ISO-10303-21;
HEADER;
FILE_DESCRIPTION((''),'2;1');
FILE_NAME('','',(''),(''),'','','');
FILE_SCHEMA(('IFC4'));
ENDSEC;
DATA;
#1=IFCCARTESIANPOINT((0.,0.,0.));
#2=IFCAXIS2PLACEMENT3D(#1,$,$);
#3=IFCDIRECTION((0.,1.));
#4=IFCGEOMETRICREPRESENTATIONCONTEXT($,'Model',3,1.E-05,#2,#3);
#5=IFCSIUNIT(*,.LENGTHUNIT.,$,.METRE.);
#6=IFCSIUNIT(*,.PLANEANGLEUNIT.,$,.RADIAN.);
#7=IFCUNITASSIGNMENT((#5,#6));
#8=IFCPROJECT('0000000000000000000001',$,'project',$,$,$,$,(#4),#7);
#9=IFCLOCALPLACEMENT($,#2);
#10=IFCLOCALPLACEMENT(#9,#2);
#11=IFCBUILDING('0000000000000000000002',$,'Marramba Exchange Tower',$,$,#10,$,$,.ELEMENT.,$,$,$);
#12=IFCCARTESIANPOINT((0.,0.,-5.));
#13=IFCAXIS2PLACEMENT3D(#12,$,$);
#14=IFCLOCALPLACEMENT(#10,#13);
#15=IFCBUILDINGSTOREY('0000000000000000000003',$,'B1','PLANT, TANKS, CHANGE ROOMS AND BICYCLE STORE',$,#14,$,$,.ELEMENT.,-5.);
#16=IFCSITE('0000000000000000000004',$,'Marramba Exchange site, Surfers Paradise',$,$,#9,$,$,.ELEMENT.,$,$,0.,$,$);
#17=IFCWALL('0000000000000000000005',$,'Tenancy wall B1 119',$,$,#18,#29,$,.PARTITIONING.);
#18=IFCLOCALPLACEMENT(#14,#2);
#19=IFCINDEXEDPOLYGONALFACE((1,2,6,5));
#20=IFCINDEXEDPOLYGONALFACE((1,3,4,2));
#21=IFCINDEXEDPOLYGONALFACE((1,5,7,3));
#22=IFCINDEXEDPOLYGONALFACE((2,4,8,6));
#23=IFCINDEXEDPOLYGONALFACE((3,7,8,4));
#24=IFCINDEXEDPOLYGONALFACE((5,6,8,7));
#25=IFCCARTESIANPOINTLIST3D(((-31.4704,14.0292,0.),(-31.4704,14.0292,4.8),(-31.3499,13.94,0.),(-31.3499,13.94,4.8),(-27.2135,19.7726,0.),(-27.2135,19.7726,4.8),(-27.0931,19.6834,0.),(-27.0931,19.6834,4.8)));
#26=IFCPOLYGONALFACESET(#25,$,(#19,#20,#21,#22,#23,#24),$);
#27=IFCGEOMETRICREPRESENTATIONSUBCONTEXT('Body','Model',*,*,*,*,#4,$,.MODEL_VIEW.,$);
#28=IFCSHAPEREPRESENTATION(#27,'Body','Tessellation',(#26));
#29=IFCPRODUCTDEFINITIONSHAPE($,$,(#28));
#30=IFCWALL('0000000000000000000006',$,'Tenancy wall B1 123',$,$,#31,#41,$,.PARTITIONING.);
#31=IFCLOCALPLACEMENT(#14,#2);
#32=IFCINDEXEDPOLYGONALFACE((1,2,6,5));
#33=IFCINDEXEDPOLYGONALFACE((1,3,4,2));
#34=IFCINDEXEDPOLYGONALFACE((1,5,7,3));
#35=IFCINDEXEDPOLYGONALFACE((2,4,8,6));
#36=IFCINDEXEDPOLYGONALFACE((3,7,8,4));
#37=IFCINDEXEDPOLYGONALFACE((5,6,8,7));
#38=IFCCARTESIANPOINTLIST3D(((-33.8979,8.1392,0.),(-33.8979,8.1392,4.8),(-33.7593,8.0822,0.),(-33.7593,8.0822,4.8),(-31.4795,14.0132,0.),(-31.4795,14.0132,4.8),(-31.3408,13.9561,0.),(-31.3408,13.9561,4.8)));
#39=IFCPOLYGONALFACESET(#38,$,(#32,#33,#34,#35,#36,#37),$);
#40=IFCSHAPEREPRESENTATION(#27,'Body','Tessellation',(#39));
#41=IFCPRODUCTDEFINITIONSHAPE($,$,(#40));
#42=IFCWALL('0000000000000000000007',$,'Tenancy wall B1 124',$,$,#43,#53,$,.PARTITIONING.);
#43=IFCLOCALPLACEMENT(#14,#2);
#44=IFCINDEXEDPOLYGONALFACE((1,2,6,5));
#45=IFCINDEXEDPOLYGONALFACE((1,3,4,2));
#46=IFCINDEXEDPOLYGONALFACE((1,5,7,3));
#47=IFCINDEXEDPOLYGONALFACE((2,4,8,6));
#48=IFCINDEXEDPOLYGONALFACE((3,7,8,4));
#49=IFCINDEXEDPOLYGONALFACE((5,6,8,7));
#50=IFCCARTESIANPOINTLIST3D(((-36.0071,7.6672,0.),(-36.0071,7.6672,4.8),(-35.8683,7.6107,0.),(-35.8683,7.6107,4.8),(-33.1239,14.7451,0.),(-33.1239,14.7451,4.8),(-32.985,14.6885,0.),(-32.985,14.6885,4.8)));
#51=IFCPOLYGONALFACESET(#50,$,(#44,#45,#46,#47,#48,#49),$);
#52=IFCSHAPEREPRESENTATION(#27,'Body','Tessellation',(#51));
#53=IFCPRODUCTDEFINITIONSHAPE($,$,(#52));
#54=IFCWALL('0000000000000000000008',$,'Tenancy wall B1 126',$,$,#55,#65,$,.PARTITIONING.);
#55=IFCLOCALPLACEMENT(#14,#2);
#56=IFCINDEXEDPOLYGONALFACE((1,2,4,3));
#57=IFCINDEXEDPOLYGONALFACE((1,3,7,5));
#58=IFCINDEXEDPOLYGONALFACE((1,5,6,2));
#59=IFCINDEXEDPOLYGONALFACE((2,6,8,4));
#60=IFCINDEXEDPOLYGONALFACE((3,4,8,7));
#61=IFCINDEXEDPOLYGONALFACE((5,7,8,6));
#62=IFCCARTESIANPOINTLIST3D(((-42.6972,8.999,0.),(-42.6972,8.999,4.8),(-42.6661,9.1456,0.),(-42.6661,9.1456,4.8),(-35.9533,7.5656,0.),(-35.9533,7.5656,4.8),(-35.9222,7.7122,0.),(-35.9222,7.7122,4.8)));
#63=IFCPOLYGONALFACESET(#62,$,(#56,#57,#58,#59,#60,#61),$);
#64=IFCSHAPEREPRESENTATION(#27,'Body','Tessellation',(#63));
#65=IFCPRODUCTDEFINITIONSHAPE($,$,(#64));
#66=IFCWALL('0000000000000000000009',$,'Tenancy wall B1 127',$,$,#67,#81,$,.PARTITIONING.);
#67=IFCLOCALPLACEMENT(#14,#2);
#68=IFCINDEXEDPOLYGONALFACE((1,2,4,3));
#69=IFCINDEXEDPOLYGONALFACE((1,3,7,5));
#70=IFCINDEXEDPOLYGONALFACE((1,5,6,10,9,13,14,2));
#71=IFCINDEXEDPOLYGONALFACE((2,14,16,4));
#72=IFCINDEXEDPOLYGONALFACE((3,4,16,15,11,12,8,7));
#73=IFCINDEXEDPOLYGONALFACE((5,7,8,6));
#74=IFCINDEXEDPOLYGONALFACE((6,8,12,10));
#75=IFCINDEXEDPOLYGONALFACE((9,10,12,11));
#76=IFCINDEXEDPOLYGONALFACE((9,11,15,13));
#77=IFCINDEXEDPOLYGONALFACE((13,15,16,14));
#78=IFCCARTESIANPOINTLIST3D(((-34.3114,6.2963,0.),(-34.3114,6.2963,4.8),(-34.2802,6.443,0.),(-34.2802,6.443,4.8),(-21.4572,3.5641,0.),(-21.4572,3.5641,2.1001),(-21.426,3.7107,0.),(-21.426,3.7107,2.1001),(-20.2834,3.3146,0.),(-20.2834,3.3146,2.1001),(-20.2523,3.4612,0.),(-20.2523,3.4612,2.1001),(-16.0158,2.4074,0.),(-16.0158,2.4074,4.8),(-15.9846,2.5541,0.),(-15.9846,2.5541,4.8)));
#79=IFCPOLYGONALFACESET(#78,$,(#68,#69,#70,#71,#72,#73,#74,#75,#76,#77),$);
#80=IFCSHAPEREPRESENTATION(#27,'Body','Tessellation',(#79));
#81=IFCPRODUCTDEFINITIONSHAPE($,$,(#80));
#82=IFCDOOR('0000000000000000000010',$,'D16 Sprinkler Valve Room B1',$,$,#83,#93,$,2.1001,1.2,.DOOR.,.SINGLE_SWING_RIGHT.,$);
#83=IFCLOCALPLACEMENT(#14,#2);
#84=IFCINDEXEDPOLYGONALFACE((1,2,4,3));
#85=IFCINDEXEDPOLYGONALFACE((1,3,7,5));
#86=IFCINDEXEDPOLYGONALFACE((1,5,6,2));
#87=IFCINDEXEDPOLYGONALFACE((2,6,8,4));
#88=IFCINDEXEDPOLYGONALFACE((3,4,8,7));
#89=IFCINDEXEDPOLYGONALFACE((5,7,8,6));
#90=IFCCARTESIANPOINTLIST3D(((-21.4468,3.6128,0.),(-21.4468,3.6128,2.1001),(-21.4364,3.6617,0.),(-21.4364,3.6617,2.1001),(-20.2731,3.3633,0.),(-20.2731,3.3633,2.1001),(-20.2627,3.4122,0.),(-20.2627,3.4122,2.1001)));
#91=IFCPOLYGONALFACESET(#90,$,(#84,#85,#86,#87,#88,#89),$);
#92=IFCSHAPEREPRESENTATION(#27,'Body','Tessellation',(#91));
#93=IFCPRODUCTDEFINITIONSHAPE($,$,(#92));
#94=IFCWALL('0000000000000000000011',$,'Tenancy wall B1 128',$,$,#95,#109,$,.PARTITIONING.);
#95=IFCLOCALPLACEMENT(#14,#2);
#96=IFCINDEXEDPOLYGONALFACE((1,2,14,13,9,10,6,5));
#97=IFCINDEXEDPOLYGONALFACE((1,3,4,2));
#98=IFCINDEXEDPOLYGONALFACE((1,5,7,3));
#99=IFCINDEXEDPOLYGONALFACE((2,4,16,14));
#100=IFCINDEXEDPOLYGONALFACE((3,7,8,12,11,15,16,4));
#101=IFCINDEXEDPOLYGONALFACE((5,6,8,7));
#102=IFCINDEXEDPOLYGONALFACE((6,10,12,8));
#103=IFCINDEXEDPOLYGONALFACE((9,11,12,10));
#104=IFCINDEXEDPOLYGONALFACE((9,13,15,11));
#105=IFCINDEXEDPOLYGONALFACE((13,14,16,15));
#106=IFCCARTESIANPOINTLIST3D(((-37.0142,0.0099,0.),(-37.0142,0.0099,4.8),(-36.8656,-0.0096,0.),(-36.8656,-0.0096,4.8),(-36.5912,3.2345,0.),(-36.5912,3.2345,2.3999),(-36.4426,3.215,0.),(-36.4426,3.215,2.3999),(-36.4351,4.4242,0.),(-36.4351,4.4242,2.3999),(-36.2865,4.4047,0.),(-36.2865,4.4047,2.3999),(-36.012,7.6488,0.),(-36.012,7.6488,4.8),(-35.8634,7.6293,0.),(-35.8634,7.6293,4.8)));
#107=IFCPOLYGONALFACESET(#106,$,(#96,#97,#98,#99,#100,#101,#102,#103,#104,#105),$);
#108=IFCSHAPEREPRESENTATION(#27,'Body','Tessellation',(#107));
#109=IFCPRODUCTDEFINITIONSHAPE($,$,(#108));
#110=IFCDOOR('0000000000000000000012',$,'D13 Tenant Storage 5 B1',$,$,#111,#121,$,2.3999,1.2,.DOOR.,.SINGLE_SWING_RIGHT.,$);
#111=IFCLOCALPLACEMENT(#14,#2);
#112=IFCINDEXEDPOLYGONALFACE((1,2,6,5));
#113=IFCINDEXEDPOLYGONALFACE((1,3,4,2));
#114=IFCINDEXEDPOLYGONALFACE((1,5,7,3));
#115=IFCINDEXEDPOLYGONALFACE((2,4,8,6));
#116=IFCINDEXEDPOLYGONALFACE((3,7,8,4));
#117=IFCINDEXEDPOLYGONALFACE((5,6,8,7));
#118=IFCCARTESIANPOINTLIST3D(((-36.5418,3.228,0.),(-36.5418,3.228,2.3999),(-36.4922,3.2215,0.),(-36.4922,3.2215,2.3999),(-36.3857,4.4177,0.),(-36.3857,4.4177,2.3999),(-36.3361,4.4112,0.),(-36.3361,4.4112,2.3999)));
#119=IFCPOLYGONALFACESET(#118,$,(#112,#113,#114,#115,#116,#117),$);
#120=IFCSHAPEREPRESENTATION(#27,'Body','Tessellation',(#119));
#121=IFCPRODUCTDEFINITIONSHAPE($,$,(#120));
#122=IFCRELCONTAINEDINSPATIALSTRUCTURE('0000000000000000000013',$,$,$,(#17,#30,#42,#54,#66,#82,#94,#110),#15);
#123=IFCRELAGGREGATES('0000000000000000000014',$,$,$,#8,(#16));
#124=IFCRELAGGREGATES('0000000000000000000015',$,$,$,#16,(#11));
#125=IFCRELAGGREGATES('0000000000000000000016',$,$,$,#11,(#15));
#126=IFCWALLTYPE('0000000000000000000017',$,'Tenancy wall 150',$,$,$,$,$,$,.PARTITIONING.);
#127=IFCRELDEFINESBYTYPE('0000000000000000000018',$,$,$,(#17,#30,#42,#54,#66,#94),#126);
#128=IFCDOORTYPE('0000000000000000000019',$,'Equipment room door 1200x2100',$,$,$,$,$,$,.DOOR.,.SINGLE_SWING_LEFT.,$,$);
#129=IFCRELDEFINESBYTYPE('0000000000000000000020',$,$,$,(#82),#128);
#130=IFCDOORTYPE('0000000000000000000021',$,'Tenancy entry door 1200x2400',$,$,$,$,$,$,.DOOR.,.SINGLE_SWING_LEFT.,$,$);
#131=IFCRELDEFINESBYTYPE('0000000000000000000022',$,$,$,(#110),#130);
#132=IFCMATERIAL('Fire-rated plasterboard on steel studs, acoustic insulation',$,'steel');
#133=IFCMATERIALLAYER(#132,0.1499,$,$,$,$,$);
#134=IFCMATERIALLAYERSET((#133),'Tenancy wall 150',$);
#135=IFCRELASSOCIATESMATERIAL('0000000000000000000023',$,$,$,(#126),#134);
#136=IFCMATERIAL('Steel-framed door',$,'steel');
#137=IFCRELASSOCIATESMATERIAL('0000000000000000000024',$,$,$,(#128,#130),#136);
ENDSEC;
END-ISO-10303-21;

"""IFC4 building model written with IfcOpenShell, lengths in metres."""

from ifc_helpers import new_model, si_unit, direction, frame, frame_2d, origin, place, context, subcontext, project, spatial, rectangle, extrude, material, layer, layer_set, type_object, element, fill, save


model = new_model("IFC4")

# Units and contexts
model_context = context("Model", 3, precision=1e-05, world=origin(), true_north=direction((0.0, 1.0)))
body_context = subcontext(model_context, "Body", "Model", "MODEL_VIEW")
ifc_project = project(units=[si_unit("LENGTHUNIT", "METRE"), si_unit("PLANEANGLEUNIT", "RADIAN")], contexts=[model_context])

# Site, building, storey
site_placement = place(None, origin())
site = spatial("IfcSite", under=ifc_project, at=site_placement, Name="Marramba Exchange site, Surfers Paradise", CompositionType="ELEMENT", RefElevation=0.0)
building_placement = place(site_placement, origin())
building = spatial("IfcBuilding", under=site, at=building_placement, Name="Marramba Exchange Tower", CompositionType="ELEMENT")
storey_placement = place(building_placement, frame((0.0, 0.0, -5.0)))
storey = spatial("IfcBuildingStorey", under=building, at=storey_placement, Name="B1", Description="PLANT, TANKS, CHANGE ROOMS AND BICYCLE STORE", CompositionType="ELEMENT", Elevation=-5.0)

# Walls
ifc_material_1 = material(Name="Fire-rated plasterboard on steel studs, acoustic insulation", Category="steel")
ifc_layer_1 = layer(ifc_material_1, 0.1499)
ifc_layer_set_1 = layer_set([ifc_layer_1], Name="Tenancy wall 150")
wall_type_1 = type_object("IfcWallType", Name="Tenancy wall 150", PredefinedType="PARTITIONING", material=ifc_layer_set_1)
wall_1_placement = place(storey_placement, frame((-31.4102, 13.9846, 0.0), z_axis=(0.0, 0.0, 1.0), x_axis=(0.59545, 0.803393, 0.0)))
element("IfcWall", 1, at=wall_1_placement, inside=storey, type_object=wall_type_1, Name="Tenancy wall B1 119", PredefinedType="PARTITIONING", context=body_context, shape_type="SweptSolid", body=[
    extrude(rectangle(XDim=7.1489, YDim=0.1499, at=frame_2d((3.5745, 0.0))), origin(), (0.0, 0.0, 1.0), 4.8),
])
wall_2_placement = place(storey_placement, frame((-33.8286, 8.1106, 0.0), z_axis=(0.0, 0.0, 1.0), x_axis=(0.380715, 0.924692, 0.0)))
element("IfcWall", 2, at=wall_2_placement, inside=storey, type_object=wall_type_1, Name="Tenancy wall B1 123", PredefinedType="PARTITIONING", context=body_context, shape_type="SweptSolid", body=[
    extrude(rectangle(XDim=6.3523, YDim=0.1499, at=frame_2d((3.1763, 0.0))), origin(), (0.0, 0.0, 1.0), 4.8),
])
wall_3_placement = place(storey_placement, frame((-33.0544, 14.7168, 0.0), z_axis=(0.0, 0.0, 1.0), x_axis=(-0.377265, -0.926105, 0.0)))
element("IfcWall", 3, at=wall_3_placement, inside=storey, type_object=wall_type_1, Name="Tenancy wall B1 124", PredefinedType="PARTITIONING", context=body_context, shape_type="SweptSolid", body=[
    extrude(rectangle(XDim=7.6426, YDim=0.1499, at=frame_2d((3.8213, 0.0))), origin(), (0.0, 0.0, 1.0), 4.8),
])
wall_4_placement = place(storey_placement, frame((-35.9377, 7.6389, 0.0), z_axis=(0.0, 0.0, 1.0), x_axis=(-0.978151, 0.207896, 0.0)))
element("IfcWall", 4, at=wall_4_placement, inside=storey, type_object=wall_type_1, Name="Tenancy wall B1 126", PredefinedType="PARTITIONING", context=body_context, shape_type="SweptSolid", body=[
    extrude(rectangle(XDim=6.8945, YDim=0.1499, at=frame_2d((3.4473, 0.0))), origin(), (0.0, 0.0, 1.0), 4.8),
])

# Walls, openings, doors
wall_5_placement = place(storey_placement, frame((-34.2957, 6.3696, 0.0), z_axis=(0.0, 0.0, 1.0), x_axis=(0.978147, -0.207914, 0.0)))
wall_5 = element("IfcWall", 5, at=wall_5_placement, inside=storey, type_object=wall_type_1, Name="Tenancy wall B1 127", PredefinedType="PARTITIONING", context=body_context, shape_type="SweptSolid", body=[
    extrude(rectangle(XDim=18.7043, YDim=0.1499, at=frame_2d((9.3521, 0.0))), origin(), (0.0, 0.0, 1.0), 4.8),
])
opening_1_placement = place(wall_5_placement, frame((13.1411, 0.0, 0.0)))
opening_1 = element("IfcOpeningElement", 6, at=opening_1_placement, cuts=wall_5, PredefinedType="OPENING", context=body_context, shape_type="SweptSolid", body=[
    extrude(rectangle(XDim=1.2, YDim=2.1001, at=frame_2d((0.6001, 1.05))), frame((0.0, 0.085, 0.0), z_axis=(0.0, -1.0, 0.0), x_axis=(1.0, 0.0, 0.0)), (0.0, 0.0, 1.0), 0.1699),
])
ifc_material_2 = material(Name="Steel-framed door", Category="steel")
door_type_1 = type_object("IfcDoorType", Name="Equipment room door 1200x2100", OperationType="SINGLE_SWING_LEFT", PredefinedType="DOOR", material=ifc_material_2)
door_1_placement = place(opening_1_placement, origin())
door_1 = element("IfcDoor", 7, at=door_1_placement, inside=storey, type_object=door_type_1, Name="D16 Sprinkler Valve Room B1", OperationType="SINGLE_SWING_RIGHT", OverallHeight=2.1001, OverallWidth=1.2, PredefinedType="DOOR", context=body_context, shape_type="SweptSolid", body=[
    extrude(rectangle(XDim=1.2, YDim=2.1001, at=frame_2d((0.6001, 1.05))), frame((0.0, 0.0249, 0.0), z_axis=(0.0, -1.0, 0.0), x_axis=(1.0, 0.0, 0.0)), (0.0, 0.0, 1.0), 0.05),
])
fill(opening_1, door_1)
wall_6_placement = place(storey_placement, frame((-35.9377, 7.6389, 0.0), z_axis=(0.0, 0.0, 1.0), x_axis=(-0.130082, -0.991503, 0.0)))
wall_6 = element("IfcWall", 8, at=wall_6_placement, inside=storey, type_object=wall_type_1, Name="Tenancy wall B1 128", PredefinedType="PARTITIONING", context=body_context, shape_type="SweptSolid", body=[
    extrude(rectangle(XDim=7.7043, YDim=0.1499, at=frame_2d((3.8521, 0.0))), origin(), (0.0, 0.0, 1.0), 4.8),
])
opening_2_placement = place(wall_6_placement, frame((3.252, 0.0, 0.0)))
opening_2 = element("IfcOpeningElement", 9, at=opening_2_placement, cuts=wall_6, PredefinedType="OPENING", context=body_context, shape_type="SweptSolid", body=[
    extrude(rectangle(XDim=1.2, YDim=2.3999, at=frame_2d((0.6001, 1.2))), frame((0.0, 0.085, 0.0), z_axis=(0.0, -1.0, 0.0), x_axis=(1.0, 0.0, 0.0)), (0.0, 0.0, 1.0), 0.1699),
])
door_type_2 = type_object("IfcDoorType", Name="Tenancy entry door 1200x2400", OperationType="SINGLE_SWING_LEFT", PredefinedType="DOOR", material=ifc_material_2)
door_2_placement = place(opening_2_placement, origin())
door_2 = element("IfcDoor", 10, at=door_2_placement, inside=storey, type_object=door_type_2, Name="D13 Tenant Storage 5 B1", OperationType="SINGLE_SWING_RIGHT", OverallHeight=2.3999, OverallWidth=1.2, PredefinedType="DOOR", context=body_context, shape_type="SweptSolid", body=[
    extrude(rectangle(XDim=1.2, YDim=2.3999, at=frame_2d((0.6001, 1.2))), frame((0.0, 0.0249, 0.0), z_axis=(0.0, -1.0, 0.0), x_axis=(1.0, 0.0, 0.0)), (0.0, 0.0, 1.0), 0.05),
])
fill(opening_2, door_2)

save(model, "model.ifc")
